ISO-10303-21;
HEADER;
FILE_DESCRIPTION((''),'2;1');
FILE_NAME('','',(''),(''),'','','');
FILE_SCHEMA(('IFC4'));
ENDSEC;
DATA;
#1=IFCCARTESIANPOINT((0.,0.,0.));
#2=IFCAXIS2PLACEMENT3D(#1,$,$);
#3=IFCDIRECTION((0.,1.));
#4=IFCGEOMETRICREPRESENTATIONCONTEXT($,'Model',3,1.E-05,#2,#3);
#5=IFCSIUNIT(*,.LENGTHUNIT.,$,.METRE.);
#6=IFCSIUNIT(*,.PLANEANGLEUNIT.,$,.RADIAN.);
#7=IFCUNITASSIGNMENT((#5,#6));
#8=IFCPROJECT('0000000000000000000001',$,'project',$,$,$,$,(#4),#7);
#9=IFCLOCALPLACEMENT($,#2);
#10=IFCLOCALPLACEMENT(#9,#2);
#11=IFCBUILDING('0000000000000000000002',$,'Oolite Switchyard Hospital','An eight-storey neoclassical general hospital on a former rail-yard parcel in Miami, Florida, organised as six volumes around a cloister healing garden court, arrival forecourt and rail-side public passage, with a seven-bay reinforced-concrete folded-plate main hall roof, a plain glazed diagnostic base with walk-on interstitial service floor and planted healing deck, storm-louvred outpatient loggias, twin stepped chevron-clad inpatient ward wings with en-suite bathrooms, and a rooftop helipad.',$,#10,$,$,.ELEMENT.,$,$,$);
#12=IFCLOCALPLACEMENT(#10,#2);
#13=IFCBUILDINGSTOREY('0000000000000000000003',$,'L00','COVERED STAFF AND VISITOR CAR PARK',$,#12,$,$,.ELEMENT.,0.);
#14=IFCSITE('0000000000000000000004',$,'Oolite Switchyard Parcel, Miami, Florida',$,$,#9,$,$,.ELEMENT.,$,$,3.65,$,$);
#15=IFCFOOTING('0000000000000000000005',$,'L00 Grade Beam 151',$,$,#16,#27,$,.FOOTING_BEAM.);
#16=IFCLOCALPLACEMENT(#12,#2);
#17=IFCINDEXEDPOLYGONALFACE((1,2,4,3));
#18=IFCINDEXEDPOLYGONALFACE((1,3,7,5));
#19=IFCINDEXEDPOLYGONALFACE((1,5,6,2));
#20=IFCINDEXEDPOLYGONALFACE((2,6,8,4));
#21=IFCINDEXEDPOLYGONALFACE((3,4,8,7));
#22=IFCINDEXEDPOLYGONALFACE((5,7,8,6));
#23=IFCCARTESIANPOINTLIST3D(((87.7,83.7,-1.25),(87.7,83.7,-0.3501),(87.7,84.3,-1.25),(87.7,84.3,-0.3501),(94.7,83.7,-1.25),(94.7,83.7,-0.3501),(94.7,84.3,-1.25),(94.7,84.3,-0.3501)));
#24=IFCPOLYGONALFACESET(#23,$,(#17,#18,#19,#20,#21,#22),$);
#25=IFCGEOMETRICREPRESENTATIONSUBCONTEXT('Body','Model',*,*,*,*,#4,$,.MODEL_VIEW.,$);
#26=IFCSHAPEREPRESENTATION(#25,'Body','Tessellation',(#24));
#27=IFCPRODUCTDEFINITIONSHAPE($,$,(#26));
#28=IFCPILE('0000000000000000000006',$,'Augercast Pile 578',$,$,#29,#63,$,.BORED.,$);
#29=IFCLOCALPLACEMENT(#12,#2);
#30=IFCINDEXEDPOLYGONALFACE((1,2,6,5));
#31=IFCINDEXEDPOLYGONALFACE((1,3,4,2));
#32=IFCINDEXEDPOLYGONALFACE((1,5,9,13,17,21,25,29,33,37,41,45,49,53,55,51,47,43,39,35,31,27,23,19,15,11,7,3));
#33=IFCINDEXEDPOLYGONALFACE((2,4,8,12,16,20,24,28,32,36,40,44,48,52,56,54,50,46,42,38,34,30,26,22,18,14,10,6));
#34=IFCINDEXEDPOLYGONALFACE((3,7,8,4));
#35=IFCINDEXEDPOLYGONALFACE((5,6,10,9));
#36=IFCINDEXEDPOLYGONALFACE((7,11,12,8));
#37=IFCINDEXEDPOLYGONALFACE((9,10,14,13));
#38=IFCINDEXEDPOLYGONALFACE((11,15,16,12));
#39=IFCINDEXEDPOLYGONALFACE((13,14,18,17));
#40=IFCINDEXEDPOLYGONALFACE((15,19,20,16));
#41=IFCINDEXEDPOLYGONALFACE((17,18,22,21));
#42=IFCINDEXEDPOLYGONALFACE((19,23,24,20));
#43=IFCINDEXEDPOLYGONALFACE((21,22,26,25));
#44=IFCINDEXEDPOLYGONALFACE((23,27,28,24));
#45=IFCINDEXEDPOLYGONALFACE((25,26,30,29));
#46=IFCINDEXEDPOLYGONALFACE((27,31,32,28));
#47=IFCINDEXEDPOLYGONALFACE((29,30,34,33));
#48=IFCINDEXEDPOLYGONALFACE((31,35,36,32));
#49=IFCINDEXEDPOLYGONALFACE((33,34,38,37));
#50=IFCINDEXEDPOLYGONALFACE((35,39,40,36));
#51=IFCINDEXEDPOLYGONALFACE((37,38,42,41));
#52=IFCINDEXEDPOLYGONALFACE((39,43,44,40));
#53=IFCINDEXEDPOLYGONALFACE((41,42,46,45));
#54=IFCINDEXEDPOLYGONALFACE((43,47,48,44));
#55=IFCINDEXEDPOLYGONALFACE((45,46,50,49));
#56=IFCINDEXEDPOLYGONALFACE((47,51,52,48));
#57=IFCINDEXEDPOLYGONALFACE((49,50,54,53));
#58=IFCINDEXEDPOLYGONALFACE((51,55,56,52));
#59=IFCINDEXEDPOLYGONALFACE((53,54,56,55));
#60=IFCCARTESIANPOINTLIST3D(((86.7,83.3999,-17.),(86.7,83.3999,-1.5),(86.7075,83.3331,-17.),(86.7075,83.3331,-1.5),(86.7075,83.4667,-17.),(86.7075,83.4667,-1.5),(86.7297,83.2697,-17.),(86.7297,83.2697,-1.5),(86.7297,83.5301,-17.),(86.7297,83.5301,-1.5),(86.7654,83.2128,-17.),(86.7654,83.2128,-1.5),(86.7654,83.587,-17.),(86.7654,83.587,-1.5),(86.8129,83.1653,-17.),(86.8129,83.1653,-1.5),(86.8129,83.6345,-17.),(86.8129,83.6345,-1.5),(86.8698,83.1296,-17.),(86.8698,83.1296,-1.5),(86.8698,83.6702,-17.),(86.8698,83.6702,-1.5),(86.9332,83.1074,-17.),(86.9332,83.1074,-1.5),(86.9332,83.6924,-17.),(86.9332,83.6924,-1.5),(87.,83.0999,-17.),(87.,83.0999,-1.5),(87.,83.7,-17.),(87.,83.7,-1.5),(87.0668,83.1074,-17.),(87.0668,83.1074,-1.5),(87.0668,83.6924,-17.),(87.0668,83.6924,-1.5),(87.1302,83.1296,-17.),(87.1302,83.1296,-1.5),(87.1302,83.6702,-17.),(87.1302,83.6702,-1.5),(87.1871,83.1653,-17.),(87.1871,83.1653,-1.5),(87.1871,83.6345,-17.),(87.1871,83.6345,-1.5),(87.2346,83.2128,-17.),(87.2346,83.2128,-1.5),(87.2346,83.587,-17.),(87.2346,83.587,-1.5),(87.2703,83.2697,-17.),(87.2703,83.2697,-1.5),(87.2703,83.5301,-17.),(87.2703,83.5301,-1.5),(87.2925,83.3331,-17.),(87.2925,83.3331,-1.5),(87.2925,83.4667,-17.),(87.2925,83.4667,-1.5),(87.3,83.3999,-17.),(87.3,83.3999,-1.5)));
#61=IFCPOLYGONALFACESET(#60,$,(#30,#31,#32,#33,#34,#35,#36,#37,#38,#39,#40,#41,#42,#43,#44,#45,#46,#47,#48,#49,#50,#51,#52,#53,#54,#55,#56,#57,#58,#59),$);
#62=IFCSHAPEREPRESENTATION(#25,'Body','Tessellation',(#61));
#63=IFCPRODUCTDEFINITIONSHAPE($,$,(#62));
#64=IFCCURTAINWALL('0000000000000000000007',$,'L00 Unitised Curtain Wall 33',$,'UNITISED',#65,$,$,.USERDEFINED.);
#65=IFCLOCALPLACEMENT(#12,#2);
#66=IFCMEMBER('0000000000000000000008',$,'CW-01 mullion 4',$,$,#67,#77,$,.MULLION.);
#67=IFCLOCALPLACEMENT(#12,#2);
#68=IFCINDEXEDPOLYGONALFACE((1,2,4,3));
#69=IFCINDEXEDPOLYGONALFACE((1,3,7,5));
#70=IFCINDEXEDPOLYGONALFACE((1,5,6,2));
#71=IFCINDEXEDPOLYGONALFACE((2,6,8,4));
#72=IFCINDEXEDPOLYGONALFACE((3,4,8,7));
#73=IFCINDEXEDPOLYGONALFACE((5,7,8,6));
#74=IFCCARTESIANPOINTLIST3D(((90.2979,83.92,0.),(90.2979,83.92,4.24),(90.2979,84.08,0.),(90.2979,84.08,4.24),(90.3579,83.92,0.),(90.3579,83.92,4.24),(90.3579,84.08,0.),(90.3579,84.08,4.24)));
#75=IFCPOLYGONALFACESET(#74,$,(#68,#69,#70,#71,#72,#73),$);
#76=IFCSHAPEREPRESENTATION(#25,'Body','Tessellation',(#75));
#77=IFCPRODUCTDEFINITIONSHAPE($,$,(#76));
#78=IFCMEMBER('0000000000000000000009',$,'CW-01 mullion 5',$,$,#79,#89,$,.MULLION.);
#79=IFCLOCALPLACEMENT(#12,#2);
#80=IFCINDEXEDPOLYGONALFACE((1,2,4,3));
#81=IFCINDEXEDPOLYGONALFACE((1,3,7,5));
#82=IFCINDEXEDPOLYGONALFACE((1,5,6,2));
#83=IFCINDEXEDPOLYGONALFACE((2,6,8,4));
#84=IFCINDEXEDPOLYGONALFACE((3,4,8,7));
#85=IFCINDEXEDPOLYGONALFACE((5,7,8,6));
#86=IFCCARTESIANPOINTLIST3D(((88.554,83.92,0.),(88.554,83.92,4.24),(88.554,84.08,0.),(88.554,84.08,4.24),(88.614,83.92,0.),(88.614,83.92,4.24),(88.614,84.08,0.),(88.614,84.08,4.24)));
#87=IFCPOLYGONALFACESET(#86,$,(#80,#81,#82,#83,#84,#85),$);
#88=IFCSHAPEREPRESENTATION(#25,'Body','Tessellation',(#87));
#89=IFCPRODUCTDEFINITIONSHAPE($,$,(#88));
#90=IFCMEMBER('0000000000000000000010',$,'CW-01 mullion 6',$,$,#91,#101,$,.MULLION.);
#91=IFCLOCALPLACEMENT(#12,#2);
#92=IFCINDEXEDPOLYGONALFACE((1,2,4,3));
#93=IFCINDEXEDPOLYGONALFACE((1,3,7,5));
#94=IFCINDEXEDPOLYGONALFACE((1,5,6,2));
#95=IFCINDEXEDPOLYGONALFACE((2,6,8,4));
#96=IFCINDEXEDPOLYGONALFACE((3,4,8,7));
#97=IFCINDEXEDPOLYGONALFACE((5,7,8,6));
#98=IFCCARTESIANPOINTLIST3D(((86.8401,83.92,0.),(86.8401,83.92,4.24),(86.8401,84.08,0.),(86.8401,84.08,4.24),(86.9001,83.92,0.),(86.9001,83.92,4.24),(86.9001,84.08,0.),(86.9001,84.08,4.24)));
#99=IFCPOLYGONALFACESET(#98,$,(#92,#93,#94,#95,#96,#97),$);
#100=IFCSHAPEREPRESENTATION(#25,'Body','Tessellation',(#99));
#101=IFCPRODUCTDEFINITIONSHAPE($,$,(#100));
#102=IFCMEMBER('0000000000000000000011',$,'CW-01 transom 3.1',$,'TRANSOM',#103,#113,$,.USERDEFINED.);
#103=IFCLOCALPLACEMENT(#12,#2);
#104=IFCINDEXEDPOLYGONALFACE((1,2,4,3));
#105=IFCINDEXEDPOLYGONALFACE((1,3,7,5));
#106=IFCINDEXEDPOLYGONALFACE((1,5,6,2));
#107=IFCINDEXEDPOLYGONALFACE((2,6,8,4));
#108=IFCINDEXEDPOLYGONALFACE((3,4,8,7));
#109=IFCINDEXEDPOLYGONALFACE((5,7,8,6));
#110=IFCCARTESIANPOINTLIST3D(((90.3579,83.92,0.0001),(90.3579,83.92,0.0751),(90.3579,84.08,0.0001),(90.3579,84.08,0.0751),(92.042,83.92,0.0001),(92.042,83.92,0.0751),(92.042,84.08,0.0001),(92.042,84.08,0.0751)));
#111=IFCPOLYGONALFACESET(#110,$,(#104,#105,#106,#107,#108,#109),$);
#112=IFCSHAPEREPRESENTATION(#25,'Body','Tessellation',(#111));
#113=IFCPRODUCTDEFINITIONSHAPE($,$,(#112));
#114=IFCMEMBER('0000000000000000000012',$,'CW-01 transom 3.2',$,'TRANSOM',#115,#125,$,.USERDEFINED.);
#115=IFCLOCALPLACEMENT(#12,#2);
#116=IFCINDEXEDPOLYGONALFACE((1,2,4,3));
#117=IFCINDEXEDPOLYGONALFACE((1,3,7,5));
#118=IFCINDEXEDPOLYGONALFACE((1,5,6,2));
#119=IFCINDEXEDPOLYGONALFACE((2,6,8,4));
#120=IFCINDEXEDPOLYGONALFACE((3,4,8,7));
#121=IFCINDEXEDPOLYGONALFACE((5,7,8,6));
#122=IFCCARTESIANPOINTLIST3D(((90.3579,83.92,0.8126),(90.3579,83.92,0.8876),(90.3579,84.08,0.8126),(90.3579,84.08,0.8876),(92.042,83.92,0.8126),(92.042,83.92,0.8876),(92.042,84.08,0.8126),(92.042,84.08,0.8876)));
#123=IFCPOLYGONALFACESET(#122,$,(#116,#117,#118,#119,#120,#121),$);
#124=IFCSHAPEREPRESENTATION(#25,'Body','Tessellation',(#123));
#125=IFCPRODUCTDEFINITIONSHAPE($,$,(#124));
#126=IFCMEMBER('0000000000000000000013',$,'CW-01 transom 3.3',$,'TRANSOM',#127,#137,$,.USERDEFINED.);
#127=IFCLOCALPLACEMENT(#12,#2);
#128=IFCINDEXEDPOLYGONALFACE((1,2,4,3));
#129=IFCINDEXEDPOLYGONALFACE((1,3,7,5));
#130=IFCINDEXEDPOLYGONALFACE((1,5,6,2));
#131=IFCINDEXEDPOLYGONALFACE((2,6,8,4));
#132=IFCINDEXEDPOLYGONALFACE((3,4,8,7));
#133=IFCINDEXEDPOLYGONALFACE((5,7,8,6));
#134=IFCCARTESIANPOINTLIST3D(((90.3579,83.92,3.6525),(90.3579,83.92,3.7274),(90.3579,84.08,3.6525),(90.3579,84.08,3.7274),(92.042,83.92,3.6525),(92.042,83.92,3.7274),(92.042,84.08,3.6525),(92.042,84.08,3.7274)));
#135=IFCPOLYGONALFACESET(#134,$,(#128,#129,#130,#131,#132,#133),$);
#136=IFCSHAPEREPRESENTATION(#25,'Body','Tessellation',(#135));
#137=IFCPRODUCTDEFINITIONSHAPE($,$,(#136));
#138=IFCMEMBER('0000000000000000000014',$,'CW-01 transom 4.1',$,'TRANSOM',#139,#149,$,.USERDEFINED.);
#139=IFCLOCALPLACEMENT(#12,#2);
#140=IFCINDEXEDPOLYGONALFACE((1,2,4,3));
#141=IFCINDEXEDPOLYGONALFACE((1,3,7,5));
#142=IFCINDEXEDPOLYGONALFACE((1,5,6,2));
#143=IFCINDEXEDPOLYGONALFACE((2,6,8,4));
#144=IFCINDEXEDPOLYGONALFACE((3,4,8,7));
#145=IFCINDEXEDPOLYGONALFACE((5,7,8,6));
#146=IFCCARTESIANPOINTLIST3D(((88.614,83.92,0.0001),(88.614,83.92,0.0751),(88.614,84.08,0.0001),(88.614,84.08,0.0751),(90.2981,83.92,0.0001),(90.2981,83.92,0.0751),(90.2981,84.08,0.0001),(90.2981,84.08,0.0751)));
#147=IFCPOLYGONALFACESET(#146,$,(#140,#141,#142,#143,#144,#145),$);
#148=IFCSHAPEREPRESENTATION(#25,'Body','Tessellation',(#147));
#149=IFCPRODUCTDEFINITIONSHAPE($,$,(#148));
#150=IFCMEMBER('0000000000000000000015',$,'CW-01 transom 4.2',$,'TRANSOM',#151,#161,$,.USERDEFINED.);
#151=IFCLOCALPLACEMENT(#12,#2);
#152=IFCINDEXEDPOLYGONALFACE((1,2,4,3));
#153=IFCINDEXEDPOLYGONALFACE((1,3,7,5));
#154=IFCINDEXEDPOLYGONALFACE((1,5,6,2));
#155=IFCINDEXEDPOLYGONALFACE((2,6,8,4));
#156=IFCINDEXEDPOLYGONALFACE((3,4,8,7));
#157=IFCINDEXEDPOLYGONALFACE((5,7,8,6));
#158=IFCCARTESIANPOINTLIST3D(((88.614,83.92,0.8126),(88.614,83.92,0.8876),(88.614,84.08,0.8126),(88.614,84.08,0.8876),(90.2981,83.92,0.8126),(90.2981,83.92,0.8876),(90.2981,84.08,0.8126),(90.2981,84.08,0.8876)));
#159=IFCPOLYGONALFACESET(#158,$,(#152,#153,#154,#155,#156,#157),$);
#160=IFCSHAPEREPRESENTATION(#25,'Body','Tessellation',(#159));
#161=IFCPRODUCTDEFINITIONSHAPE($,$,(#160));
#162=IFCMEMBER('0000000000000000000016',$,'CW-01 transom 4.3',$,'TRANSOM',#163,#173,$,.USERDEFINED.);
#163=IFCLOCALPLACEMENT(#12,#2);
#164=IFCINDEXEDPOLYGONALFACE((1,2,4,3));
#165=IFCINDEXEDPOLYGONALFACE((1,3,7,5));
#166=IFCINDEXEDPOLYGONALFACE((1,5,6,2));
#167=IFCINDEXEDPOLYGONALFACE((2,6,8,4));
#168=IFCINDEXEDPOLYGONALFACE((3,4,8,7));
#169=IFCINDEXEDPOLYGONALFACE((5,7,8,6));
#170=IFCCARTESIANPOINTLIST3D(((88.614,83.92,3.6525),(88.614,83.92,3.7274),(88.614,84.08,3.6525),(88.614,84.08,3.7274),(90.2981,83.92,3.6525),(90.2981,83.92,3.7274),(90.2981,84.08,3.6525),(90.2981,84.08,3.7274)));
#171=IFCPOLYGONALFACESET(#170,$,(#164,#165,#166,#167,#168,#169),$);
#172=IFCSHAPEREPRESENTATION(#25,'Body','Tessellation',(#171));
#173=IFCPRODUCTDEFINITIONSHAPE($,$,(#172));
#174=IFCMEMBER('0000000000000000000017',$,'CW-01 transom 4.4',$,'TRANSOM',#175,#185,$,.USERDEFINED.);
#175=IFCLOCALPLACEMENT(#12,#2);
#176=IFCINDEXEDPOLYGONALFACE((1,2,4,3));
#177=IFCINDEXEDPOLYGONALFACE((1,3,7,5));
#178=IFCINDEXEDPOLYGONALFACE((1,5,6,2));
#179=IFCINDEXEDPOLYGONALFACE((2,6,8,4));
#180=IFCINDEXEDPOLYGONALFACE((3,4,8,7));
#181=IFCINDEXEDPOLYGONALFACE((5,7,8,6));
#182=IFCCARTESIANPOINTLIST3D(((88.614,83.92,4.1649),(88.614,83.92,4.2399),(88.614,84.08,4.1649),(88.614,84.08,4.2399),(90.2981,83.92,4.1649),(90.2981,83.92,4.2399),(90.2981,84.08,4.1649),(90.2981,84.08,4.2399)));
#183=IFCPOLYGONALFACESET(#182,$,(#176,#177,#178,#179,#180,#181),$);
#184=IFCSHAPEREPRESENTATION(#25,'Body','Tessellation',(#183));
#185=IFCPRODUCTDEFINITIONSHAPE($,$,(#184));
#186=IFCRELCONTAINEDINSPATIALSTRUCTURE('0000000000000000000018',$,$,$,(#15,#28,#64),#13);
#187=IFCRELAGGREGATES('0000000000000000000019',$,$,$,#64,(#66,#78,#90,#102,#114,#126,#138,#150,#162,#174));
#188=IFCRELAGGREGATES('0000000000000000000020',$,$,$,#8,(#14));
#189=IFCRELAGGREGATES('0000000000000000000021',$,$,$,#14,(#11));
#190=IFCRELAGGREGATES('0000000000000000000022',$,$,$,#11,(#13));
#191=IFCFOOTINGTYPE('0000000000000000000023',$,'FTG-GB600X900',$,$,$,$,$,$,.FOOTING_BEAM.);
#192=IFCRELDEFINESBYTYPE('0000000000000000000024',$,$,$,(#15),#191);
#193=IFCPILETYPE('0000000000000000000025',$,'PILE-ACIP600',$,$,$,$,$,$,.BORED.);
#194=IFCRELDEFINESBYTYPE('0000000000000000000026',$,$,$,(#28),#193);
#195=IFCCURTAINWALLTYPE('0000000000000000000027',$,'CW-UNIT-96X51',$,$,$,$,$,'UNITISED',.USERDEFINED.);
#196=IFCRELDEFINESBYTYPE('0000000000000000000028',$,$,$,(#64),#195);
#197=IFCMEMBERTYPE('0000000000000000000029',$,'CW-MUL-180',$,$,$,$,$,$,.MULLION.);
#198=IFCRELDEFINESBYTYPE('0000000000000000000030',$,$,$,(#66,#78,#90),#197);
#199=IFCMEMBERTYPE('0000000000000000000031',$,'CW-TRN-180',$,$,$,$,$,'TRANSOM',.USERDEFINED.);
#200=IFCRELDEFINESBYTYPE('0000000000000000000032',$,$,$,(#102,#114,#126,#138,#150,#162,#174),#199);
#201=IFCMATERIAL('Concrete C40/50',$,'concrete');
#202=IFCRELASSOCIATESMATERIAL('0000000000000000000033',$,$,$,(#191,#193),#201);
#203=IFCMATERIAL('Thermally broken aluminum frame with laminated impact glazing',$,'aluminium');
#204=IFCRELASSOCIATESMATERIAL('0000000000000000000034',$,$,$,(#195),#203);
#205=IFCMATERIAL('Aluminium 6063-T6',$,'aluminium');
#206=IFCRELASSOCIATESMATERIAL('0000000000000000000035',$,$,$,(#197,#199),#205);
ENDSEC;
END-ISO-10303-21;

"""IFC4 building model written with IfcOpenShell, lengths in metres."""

from ifc_helpers import new_model, si_unit, direction, frame, origin, origin_2d, place, context, subcontext, project, spatial, rectangle, circle, extrude, material, material_profile, profile_set, type_object, element, aggregate, save


model = new_model("IFC4")

# Units and contexts
model_context = context("Model", 3, precision=1e-05, world=origin(), true_north=direction((0.0, 1.0)))
body_context = subcontext(model_context, "Body", "Model", "MODEL_VIEW")
ifc_project = project(units=[si_unit("LENGTHUNIT", "METRE"), si_unit("PLANEANGLEUNIT", "RADIAN")], contexts=[model_context])

# Site, building, storey
site_placement = place(None, origin())
site = spatial("IfcSite", under=ifc_project, at=site_placement, Name="Oolite Switchyard Parcel, Miami, Florida", CompositionType="ELEMENT", RefElevation=3.65)
building_placement = place(site_placement, origin())
building = spatial("IfcBuilding", under=site, at=building_placement, Name="Oolite Switchyard Hospital", Description="An eight-storey neoclassical general hospital on a former rail-yard parcel in Miami, Florida, organised as six volumes around a cloister healing garden court, arrival forecourt and rail-side public passage, with a seven-bay reinforced-concrete folded-plate main hall roof, a plain glazed diagnostic base with walk-on interstitial service floor and planted healing deck, storm-louvred outpatient loggias, twin stepped chevron-clad inpatient ward wings with en-suite bathrooms, and a rooftop helipad.", CompositionType="ELEMENT")
storey_placement = place(building_placement, origin())
storey = spatial("IfcBuildingStorey", under=building, at=storey_placement, Name="L00", Description="COVERED STAFF AND VISITOR CAR PARK", CompositionType="ELEMENT", Elevation=0.0)

# Footing
ifc_material_1 = material(Name="Concrete C40/50", Category="concrete")
footing_type = type_object("IfcFootingType", Name="FTG-GB600X900", PredefinedType="FOOTING_BEAM", material=ifc_material_1)
footing_placement = place(storey_placement, frame((91.2, 84.0, -1.25), z_axis=(0.0, 0.0, 1.0), x_axis=(1.0, 0.0, 0.0)))
element("IfcFooting", 1, at=footing_placement, inside=storey, type_object=footing_type, Name="L00 Grade Beam 151", PredefinedType="FOOTING_BEAM", context=body_context, shape_type="SweptSolid", body=[
    extrude(rectangle(XDim=7.0, YDim=0.6001, at=origin_2d()), origin(), (0.0, 0.0, 1.0), 0.8999),
])

# Pile
ifc_material_profile_1 = material_profile(ifc_material_1, circle(Radius=0.3, at=origin_2d()), Name="PILE600")
ifc_profile_set_1 = profile_set([ifc_material_profile_1], Name="Concrete C40/50")
pile_type = type_object("IfcPileType", Name="PILE-ACIP600", PredefinedType="BORED", material=ifc_profile_set_1)
pile_placement = place(storey_placement, frame((87.0, 83.3999, -1.5), z_axis=(0.0, 0.0, -1.0), x_axis=(1.0, 0.0, 0.0)))
element("IfcPile", 2, at=pile_placement, inside=storey, type_object=pile_type, Name="Augercast Pile 578", PredefinedType="BORED", context=body_context, shape_type="SweptSolid", body=[
    extrude(circle(Radius=0.3, at=origin_2d()), origin(), (0.0, 0.0, 1.0), 15.5),
])

# Curtain wall, members
ifc_material_2 = material(Name="Thermally broken aluminum frame with laminated impact glazing", Category="aluminium")
curtain_wall_type = type_object("IfcCurtainWallType", Name="CW-UNIT-96X51", ElementType="UNITISED", PredefinedType="USERDEFINED", material=ifc_material_2)
curtain_wall_placement = place(storey_placement, origin())
curtain_wall = element("IfcCurtainWall", 3, at=curtain_wall_placement, inside=storey, type_object=curtain_wall_type, Name="L00 Unitised Curtain Wall 33", ObjectType="UNITISED", PredefinedType="USERDEFINED")
ifc_material_3 = material(Name="Aluminium 6063-T6", Category="aluminium")
ifc_material_profile_2 = material_profile(ifc_material_3, rectangle(XDim=0.1599, YDim=0.0601, at=origin_2d()), Name="CWM60X160")
ifc_profile_set_2 = profile_set([ifc_material_profile_2], Name="Aluminium 6063-T6")
member_type_1 = type_object("IfcMemberType", Name="CW-MUL-180", PredefinedType="MULLION", material=ifc_profile_set_2)
member_1_placement = place(storey_placement, frame((90.3279, 84.0, 0.0), z_axis=(0.0, 0.0, 1.0), x_axis=(0.0, -1.0, 0.0)))
member_1 = element("IfcMember", 4, at=member_1_placement, type_object=member_type_1, Name="CW-01 mullion 4", PredefinedType="MULLION", context=body_context, shape_type="SweptSolid", body=[
    extrude(rectangle(XDim=0.1599, YDim=0.0601, at=origin_2d()), origin(), (0.0, 0.0, 1.0), 4.24),
])
member_2_placement = place(storey_placement, frame((88.584, 84.0, 0.0), z_axis=(0.0, 0.0, 1.0), x_axis=(0.0, -1.0, 0.0)))
member_2 = element("IfcMember", 5, at=member_2_placement, type_object=member_type_1, Name="CW-01 mullion 5", PredefinedType="MULLION", context=body_context, shape_type="SweptSolid", body=[
    extrude(rectangle(XDim=0.1599, YDim=0.0601, at=origin_2d()), origin(), (0.0, 0.0, 1.0), 4.24),
])
member_3_placement = place(storey_placement, frame((86.8701, 84.0, 0.0), z_axis=(0.0, 0.0, 1.0), x_axis=(0.0, -1.0, 0.0)))
member_3 = element("IfcMember", 6, at=member_3_placement, type_object=member_type_1, Name="CW-01 mullion 6", PredefinedType="MULLION", context=body_context, shape_type="SweptSolid", body=[
    extrude(rectangle(XDim=0.1599, YDim=0.0601, at=origin_2d()), origin(), (0.0, 0.0, 1.0), 4.24),
])
ifc_material_profile_3 = material_profile(ifc_material_3, rectangle(XDim=0.1599, YDim=0.075, at=origin_2d()), Name="CWT75X160")
ifc_profile_set_3 = profile_set([ifc_material_profile_3], Name="Aluminium 6063-T6")
member_type_2 = type_object("IfcMemberType", Name="CW-TRN-180", ElementType="TRANSOM", PredefinedType="USERDEFINED", material=ifc_profile_set_3)
member_4_placement = place(storey_placement, frame((92.042, 84.0, 0.0376), z_axis=(-1.0, 0.0, 0.0), x_axis=(0.0, -1.0, 0.0)))
member_4 = element("IfcMember", 7, at=member_4_placement, type_object=member_type_2, Name="CW-01 transom 3.1", ObjectType="TRANSOM", PredefinedType="USERDEFINED", context=body_context, shape_type="SweptSolid", body=[
    extrude(rectangle(XDim=0.1599, YDim=0.075, at=origin_2d()), origin(), (0.0, 0.0, 1.0), 1.6841),
])
member_5_placement = place(storey_placement, frame((92.042, 84.0, 0.8501), z_axis=(-1.0, 0.0, 0.0), x_axis=(0.0, -1.0, 0.0)))
member_5 = element("IfcMember", 8, at=member_5_placement, type_object=member_type_2, Name="CW-01 transom 3.2", ObjectType="TRANSOM", PredefinedType="USERDEFINED", context=body_context, shape_type="SweptSolid", body=[
    extrude(rectangle(XDim=0.1599, YDim=0.075, at=origin_2d()), origin(), (0.0, 0.0, 1.0), 1.6841),
])
member_6_placement = place(storey_placement, frame((92.042, 84.0, 3.6899), z_axis=(-1.0, 0.0, 0.0), x_axis=(0.0, -1.0, 0.0)))
member_6 = element("IfcMember", 9, at=member_6_placement, type_object=member_type_2, Name="CW-01 transom 3.3", ObjectType="TRANSOM", PredefinedType="USERDEFINED", context=body_context, shape_type="SweptSolid", body=[
    extrude(rectangle(XDim=0.1599, YDim=0.075, at=origin_2d()), origin(), (0.0, 0.0, 1.0), 1.6841),
])
member_7_placement = place(storey_placement, frame((90.2981, 84.0, 0.0376), z_axis=(-1.0, 0.0, 0.0), x_axis=(0.0, -1.0, 0.0)))
member_7 = element("IfcMember", 10, at=member_7_placement, type_object=member_type_2, Name="CW-01 transom 4.1", ObjectType="TRANSOM", PredefinedType="USERDEFINED", context=body_context, shape_type="SweptSolid", body=[
    extrude(rectangle(XDim=0.1599, YDim=0.075, at=origin_2d()), origin(), (0.0, 0.0, 1.0), 1.6841),
])
member_8_placement = place(storey_placement, frame((90.2981, 84.0, 0.8501), z_axis=(-1.0, 0.0, 0.0), x_axis=(0.0, -1.0, 0.0)))
member_8 = element("IfcMember", 11, at=member_8_placement, type_object=member_type_2, Name="CW-01 transom 4.2", ObjectType="TRANSOM", PredefinedType="USERDEFINED", context=body_context, shape_type="SweptSolid", body=[
    extrude(rectangle(XDim=0.1599, YDim=0.075, at=origin_2d()), origin(), (0.0, 0.0, 1.0), 1.6841),
])
member_9_placement = place(storey_placement, frame((90.2981, 84.0, 3.6899), z_axis=(-1.0, 0.0, 0.0), x_axis=(0.0, -1.0, 0.0)))
member_9 = element("IfcMember", 12, at=member_9_placement, type_object=member_type_2, Name="CW-01 transom 4.3", ObjectType="TRANSOM", PredefinedType="USERDEFINED", context=body_context, shape_type="SweptSolid", body=[
    extrude(rectangle(XDim=0.1599, YDim=0.075, at=origin_2d()), origin(), (0.0, 0.0, 1.0), 1.6841),
])
member_10_placement = place(storey_placement, frame((90.2981, 84.0, 4.2024), z_axis=(-1.0, 0.0, 0.0), x_axis=(0.0, -1.0, 0.0)))
member_10 = element("IfcMember", 13, at=member_10_placement, type_object=member_type_2, Name="CW-01 transom 4.4", ObjectType="TRANSOM", PredefinedType="USERDEFINED", context=body_context, shape_type="SweptSolid", body=[
    extrude(rectangle(XDim=0.1599, YDim=0.075, at=origin_2d()), origin(), (0.0, 0.0, 1.0), 1.6841),
])
aggregate(curtain_wall, [member_1, member_2, member_3, member_4, member_5, member_6, member_7, member_8, member_9, member_10])

save(model, "model.ifc")
